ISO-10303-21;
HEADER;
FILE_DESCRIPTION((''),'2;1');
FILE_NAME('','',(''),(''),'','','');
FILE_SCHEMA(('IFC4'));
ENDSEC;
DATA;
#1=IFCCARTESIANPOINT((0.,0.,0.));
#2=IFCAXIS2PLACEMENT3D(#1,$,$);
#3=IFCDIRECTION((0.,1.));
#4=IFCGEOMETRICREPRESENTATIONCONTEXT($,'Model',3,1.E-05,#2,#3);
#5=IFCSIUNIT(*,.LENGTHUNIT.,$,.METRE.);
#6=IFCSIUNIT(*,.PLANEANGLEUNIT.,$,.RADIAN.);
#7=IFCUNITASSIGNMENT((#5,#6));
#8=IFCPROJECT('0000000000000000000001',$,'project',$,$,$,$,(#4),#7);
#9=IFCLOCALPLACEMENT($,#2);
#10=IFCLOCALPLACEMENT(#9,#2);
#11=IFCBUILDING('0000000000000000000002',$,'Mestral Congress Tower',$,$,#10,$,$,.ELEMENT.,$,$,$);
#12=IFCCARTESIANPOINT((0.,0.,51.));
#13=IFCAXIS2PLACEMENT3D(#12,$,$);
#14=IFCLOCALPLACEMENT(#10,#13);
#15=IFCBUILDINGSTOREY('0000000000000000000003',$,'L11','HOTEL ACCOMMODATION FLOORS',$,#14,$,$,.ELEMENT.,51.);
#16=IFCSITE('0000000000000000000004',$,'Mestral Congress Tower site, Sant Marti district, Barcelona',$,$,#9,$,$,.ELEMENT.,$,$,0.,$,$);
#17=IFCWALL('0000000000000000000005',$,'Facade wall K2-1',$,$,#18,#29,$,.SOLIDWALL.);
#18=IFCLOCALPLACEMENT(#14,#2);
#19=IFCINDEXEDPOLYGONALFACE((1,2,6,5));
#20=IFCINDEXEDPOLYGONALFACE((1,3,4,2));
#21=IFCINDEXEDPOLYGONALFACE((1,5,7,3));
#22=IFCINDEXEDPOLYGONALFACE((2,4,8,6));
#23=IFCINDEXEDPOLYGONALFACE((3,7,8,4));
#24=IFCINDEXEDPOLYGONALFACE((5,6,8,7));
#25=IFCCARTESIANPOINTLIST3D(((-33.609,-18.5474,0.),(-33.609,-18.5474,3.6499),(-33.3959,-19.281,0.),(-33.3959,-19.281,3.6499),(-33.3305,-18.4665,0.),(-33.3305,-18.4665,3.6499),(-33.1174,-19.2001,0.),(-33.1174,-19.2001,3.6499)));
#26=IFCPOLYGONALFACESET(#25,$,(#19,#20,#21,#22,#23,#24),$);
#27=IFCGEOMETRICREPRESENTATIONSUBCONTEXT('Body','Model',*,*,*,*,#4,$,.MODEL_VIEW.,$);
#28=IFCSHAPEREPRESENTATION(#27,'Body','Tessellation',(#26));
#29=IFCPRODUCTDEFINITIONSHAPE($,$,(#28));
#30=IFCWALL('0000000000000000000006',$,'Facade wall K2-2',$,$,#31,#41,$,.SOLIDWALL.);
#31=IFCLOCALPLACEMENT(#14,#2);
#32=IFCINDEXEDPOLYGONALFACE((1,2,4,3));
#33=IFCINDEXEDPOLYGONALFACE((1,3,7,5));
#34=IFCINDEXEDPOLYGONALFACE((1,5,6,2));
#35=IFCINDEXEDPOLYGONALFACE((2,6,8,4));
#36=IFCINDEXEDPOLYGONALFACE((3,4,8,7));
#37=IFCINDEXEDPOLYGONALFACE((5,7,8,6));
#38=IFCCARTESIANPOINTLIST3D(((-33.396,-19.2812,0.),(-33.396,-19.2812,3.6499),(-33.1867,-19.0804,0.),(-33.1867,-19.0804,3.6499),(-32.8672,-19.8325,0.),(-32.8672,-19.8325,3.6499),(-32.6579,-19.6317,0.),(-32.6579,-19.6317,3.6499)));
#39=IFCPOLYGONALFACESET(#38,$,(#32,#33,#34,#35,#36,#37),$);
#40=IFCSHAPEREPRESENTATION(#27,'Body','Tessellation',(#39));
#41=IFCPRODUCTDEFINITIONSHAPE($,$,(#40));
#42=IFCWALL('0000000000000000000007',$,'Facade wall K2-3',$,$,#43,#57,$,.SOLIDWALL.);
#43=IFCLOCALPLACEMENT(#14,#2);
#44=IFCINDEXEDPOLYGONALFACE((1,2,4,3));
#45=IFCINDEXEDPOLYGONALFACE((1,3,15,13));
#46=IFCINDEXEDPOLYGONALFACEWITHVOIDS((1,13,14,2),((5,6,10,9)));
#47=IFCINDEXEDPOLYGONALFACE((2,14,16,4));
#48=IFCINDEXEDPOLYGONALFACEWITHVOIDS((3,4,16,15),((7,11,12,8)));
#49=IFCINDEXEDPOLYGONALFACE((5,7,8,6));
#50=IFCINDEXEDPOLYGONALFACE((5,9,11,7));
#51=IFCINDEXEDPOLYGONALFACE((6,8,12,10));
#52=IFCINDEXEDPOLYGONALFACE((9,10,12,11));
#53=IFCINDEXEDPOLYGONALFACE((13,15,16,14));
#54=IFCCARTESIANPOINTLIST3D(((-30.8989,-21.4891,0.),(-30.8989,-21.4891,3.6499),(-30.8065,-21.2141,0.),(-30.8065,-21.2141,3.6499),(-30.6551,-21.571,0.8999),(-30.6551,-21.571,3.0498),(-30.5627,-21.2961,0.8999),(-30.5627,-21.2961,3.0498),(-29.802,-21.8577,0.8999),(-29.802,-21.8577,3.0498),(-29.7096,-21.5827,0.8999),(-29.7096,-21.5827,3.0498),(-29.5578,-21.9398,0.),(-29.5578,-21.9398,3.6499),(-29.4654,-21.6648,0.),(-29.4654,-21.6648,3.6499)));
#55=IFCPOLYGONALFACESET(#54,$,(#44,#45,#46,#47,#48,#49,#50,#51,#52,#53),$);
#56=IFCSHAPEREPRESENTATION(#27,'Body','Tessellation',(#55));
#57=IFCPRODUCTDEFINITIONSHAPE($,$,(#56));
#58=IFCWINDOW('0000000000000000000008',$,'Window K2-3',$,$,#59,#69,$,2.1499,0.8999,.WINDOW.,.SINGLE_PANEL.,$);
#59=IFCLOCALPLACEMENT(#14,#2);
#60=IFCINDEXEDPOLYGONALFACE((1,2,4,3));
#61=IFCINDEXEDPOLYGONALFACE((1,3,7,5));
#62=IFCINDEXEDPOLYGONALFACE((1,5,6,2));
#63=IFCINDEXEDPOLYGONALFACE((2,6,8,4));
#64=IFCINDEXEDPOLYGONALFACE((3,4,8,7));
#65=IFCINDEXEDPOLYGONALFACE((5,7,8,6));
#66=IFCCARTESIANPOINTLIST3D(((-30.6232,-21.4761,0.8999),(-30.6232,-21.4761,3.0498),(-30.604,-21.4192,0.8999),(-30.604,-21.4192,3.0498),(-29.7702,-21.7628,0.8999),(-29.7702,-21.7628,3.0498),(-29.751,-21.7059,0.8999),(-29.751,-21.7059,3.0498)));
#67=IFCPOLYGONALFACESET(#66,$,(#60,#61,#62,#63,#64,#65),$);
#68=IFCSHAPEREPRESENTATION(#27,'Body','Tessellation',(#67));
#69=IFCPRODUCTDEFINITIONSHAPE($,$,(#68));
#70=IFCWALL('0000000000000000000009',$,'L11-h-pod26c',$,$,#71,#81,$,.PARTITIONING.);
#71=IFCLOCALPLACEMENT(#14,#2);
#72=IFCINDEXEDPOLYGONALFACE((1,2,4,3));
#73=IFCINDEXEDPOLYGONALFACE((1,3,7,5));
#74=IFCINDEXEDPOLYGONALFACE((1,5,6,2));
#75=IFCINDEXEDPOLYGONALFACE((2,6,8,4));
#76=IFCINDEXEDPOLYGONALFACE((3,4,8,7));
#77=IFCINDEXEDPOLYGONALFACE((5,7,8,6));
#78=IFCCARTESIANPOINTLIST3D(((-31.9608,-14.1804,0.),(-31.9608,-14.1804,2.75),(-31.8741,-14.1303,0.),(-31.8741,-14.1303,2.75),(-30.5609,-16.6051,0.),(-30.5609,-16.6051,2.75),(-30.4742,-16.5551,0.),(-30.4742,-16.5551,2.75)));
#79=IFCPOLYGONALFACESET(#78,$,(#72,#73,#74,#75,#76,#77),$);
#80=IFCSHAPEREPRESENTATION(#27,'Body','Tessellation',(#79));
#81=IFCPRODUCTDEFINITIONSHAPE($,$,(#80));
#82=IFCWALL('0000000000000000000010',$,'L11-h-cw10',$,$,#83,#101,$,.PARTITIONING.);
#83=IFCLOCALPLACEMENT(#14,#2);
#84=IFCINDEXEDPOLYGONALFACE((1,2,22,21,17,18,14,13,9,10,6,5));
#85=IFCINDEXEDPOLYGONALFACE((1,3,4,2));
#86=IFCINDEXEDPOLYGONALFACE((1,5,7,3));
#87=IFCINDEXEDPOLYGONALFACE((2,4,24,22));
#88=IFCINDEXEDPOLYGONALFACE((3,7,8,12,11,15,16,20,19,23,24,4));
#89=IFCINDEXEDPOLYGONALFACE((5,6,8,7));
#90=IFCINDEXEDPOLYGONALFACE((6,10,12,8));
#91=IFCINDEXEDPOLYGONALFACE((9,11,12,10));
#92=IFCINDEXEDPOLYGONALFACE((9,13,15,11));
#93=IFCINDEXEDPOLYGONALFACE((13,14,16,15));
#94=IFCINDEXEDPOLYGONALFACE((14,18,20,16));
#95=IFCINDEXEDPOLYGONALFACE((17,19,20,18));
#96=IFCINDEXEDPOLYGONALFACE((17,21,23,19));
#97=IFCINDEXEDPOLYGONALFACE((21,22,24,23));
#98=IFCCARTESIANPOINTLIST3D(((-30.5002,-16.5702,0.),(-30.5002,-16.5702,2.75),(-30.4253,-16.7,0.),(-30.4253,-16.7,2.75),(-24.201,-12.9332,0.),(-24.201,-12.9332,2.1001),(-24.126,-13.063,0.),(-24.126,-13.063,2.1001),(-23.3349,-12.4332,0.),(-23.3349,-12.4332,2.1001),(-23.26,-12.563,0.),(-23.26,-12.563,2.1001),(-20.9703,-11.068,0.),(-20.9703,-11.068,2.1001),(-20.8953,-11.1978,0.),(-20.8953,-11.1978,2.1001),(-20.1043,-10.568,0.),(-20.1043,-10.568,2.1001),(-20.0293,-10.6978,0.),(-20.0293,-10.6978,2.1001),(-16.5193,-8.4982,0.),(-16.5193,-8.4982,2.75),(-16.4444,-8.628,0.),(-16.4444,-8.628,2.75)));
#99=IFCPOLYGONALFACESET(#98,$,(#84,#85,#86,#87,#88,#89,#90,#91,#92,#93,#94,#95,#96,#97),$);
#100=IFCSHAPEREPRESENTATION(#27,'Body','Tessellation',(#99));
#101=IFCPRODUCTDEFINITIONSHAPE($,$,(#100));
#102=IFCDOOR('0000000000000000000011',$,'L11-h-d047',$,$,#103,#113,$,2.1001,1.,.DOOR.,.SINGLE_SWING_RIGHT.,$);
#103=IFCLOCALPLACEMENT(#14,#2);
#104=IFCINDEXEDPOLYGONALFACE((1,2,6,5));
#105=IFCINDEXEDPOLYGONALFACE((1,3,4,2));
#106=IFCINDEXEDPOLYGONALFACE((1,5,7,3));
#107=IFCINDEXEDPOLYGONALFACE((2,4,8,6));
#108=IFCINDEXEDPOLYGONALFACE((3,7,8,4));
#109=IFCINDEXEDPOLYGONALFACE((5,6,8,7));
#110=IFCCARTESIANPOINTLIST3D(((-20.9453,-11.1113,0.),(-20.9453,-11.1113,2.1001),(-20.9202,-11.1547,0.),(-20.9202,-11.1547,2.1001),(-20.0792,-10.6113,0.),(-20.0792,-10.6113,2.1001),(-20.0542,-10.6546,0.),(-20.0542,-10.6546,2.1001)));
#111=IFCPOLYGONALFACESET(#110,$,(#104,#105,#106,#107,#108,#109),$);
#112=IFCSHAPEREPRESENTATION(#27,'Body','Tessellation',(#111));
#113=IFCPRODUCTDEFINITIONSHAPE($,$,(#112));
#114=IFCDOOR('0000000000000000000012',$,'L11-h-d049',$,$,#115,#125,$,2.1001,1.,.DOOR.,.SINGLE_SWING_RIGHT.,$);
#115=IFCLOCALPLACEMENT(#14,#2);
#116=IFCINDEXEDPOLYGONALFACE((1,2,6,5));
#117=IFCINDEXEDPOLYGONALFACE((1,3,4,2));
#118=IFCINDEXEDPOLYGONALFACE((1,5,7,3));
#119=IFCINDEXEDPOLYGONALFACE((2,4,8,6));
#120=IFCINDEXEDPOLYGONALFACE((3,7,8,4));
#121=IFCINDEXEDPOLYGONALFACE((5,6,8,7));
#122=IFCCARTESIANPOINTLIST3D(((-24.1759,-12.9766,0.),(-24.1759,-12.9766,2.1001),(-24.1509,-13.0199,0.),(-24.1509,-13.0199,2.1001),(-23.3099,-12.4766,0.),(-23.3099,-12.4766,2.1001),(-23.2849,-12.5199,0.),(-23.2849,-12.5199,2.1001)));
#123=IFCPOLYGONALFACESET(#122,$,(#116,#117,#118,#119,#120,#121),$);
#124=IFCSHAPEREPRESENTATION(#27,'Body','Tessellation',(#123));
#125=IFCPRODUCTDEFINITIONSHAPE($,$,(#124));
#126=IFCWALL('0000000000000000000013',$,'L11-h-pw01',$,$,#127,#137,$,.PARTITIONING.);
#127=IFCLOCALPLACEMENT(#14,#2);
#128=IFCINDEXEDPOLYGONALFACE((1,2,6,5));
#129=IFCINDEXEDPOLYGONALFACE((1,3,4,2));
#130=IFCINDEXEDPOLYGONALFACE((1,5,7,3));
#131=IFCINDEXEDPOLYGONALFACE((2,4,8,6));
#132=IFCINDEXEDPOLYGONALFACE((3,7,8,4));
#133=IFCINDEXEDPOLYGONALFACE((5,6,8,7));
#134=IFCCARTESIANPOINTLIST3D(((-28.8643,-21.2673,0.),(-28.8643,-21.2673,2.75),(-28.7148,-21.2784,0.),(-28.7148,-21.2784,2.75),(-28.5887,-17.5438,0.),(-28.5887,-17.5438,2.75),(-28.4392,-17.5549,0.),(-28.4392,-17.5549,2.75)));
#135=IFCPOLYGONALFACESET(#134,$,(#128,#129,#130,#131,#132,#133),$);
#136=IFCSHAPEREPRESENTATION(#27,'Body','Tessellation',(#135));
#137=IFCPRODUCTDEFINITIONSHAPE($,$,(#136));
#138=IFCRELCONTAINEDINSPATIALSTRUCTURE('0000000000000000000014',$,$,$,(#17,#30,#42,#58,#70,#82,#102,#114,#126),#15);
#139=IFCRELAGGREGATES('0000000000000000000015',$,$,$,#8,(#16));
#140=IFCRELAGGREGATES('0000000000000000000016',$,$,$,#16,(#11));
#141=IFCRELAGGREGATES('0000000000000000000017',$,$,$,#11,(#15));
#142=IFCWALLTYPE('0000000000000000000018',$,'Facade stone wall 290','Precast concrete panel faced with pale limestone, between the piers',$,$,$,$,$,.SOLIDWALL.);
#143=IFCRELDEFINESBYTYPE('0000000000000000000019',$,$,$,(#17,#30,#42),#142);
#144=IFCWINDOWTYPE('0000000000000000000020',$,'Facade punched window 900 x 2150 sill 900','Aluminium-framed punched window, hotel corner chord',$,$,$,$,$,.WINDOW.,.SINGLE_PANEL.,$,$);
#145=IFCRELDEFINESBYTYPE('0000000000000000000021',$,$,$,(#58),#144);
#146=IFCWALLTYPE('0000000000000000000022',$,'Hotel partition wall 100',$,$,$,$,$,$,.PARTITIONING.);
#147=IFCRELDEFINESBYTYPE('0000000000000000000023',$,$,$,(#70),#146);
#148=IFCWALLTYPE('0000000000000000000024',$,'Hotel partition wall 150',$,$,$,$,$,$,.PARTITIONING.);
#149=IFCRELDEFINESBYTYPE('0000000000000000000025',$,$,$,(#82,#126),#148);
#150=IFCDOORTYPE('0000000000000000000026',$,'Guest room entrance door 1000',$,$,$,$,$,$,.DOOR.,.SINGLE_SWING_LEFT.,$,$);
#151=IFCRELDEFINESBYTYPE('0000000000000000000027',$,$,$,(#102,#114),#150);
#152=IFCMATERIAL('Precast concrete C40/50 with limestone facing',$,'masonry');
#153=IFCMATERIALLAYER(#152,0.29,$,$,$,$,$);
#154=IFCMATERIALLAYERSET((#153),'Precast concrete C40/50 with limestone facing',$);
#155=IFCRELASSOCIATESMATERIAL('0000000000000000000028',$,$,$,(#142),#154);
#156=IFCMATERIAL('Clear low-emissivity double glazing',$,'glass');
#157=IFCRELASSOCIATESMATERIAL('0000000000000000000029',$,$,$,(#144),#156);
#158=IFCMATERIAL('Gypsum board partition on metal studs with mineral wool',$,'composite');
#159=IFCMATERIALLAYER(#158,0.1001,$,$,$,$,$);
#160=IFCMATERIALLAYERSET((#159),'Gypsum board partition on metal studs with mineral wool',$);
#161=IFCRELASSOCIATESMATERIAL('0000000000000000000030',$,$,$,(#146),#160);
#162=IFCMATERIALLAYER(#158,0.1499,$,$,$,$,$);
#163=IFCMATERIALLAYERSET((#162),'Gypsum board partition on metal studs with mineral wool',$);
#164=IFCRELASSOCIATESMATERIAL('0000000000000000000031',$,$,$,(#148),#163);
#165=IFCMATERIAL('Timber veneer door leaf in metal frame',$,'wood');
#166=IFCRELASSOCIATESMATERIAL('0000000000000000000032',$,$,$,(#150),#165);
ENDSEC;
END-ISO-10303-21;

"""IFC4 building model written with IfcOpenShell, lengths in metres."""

from ifc_helpers import new_model, si_unit, direction, frame, frame_2d, origin, place, context, subcontext, project, spatial, rectangle, extrude, material, layer, layer_set, type_object, element, fill, save


model = new_model("IFC4")

# Units and contexts
model_context = context("Model", 3, precision=1e-05, world=origin(), true_north=direction((0.0, 1.0)))
body_context = subcontext(model_context, "Body", "Model", "MODEL_VIEW")
ifc_project = project(units=[si_unit("LENGTHUNIT", "METRE"), si_unit("PLANEANGLEUNIT", "RADIAN")], contexts=[model_context])

# Site, building, storey
site_placement = place(None, origin())
site = spatial("IfcSite", under=ifc_project, at=site_placement, Name="Mestral Congress Tower site, Sant Marti district, Barcelona", CompositionType="ELEMENT", RefElevation=0.0)
building_placement = place(site_placement, origin())
building = spatial("IfcBuilding", under=site, at=building_placement, Name="Mestral Congress Tower", CompositionType="ELEMENT")
storey_placement = place(building_placement, frame((0.0, 0.0, 51.0)))
storey = spatial("IfcBuildingStorey", under=building, at=storey_placement, Name="L11", Description="HOTEL ACCOMMODATION FLOORS", CompositionType="ELEMENT", Elevation=51.0)

# Walls
ifc_material_1 = material(Name="Precast concrete C40/50 with limestone facing", Category="masonry")
ifc_layer_1 = layer(ifc_material_1, 0.29)
ifc_layer_set_1 = layer_set([ifc_layer_1], Name="Precast concrete C40/50 with limestone facing")
wall_type_1 = type_object("IfcWallType", Name="Facade stone wall 290", Description="Precast concrete panel faced with pale limestone, between the piers", PredefinedType="SOLIDWALL", material=ifc_layer_set_1)
for number, where, z_axis, x_axis, name in (
    (1, (-33.4697, -18.5071, 0.0), (0.0, 0.0, 1.0), (0.278981, -0.960297, 0.0), "Facade wall K2-1"),
    (2, (-33.2913, -19.1809, 0.0), (0.0, 0.0, 1.0), (0.692252, -0.721656, 0.0), "Facade wall K2-2"),
):
    element("IfcWall", number, at=place(storey_placement, frame(where, z_axis=z_axis, x_axis=x_axis)), inside=storey, type_object=wall_type_1, Name=name, PredefinedType="SOLIDWALL", context=body_context, shape_type="SweptSolid", body=[
        extrude(rectangle(XDim=0.7639, YDim=0.29, at=frame_2d((0.3818, 0.0))), origin(), (0.0, 0.0, 1.0), 3.6499),
    ])

# Wall, opening, window
wall_1_placement = place(storey_placement, frame((-30.8528, -21.3516, 0.0), z_axis=(0.0, 0.0, 1.0), x_axis=(0.947904, -0.318556, 0.0)))
wall_1 = element("IfcWall", 3, at=wall_1_placement, inside=storey, type_object=wall_type_1, Name="Facade wall K2-3", PredefinedType="SOLIDWALL", context=body_context, shape_type="SweptSolid", body=[
    extrude(rectangle(XDim=1.4148, YDim=0.29, at=frame_2d((0.7075, 0.0))), origin(), (0.0, 0.0, 1.0), 3.6499),
])
opening_1_placement = place(wall_1_placement, frame((0.2573, 0.0, 0.8999)))
opening_1 = element("IfcOpeningElement", 4, at=opening_1_placement, cuts=wall_1, PredefinedType="OPENING", context=body_context, shape_type="SweptSolid", body=[
    extrude(rectangle(XDim=0.8999, YDim=2.1499, at=frame_2d((0.45, 1.075))), frame((0.0, 0.155, 0.0), z_axis=(0.0, -1.0, 0.0), x_axis=(1.0, 0.0, 0.0)), (0.0, 0.0, 1.0), 0.3101),
])
ifc_material_2 = material(Name="Clear low-emissivity double glazing", Category="glass")
window_type = type_object("IfcWindowType", Name="Facade punched window 900 x 2150 sill 900", Description="Aluminium-framed punched window, hotel corner chord", PartitioningType="SINGLE_PANEL", PredefinedType="WINDOW", material=ifc_material_2)
window_placement = place(opening_1_placement, origin())
window = element("IfcWindow", 5, at=window_placement, inside=storey, type_object=window_type, Name="Window K2-3", OverallHeight=2.1499, OverallWidth=0.8999, PartitioningType="SINGLE_PANEL", PredefinedType="WINDOW", context=body_context, shape_type="SweptSolid", body=[
    extrude(rectangle(XDim=0.8999, YDim=2.1499, at=frame_2d((0.45, 1.075))), frame((0.0, 0.0151, 0.0), z_axis=(0.0, -1.0, 0.0), x_axis=(1.0, 0.0, 0.0)), (0.0, 0.0, 1.0), 0.0601),
])
fill(opening_1, window)

# Wall
ifc_material_3 = material(Name="Gypsum board partition on metal studs with mineral wool", Category="composite")
ifc_layer_2 = layer(ifc_material_3, 0.1001)
ifc_layer_set_2 = layer_set([ifc_layer_2], Name="Gypsum board partition on metal studs with mineral wool")
wall_type_2 = type_object("IfcWallType", Name="Hotel partition wall 100", PredefinedType="PARTITIONING", material=ifc_layer_set_2)
wall_2_placement = place(storey_placement, frame((-30.5176, -16.5801, 0.0), z_axis=(0.0, 0.0, 1.0), x_axis=(-0.499984, 0.866035, 0.0)))
element("IfcWall", 6, at=wall_2_placement, inside=storey, type_object=wall_type_2, Name="L11-h-pod26c", PredefinedType="PARTITIONING", context=body_context, shape_type="SweptSolid", body=[
    extrude(rectangle(XDim=2.7998, YDim=0.1001, at=frame_2d((1.3999, 0.0))), origin(), (0.0, 0.0, 1.0), 2.75),
])

# Wall, openings, doors
ifc_layer_3 = layer(ifc_material_3, 0.1499)
ifc_layer_set_3 = layer_set([ifc_layer_3], Name="Gypsum board partition on metal studs with mineral wool")
wall_type_3 = type_object("IfcWallType", Name="Hotel partition wall 150", PredefinedType="PARTITIONING", material=ifc_layer_set_3)
wall_3_placement = place(storey_placement, frame((-30.4626, -16.635, 0.0), z_axis=(0.0, 0.0, 1.0), x_axis=(0.866022, 0.500005, 0.0)))
wall_3 = element("IfcWall", 7, at=wall_3_placement, inside=storey, type_object=wall_type_3, Name="L11-h-cw10", PredefinedType="PARTITIONING", context=body_context, shape_type="SweptSolid", body=[
    extrude(rectangle(XDim=16.1438, YDim=0.1499, at=frame_2d((8.0718, 0.0))), origin(), (0.0, 0.0, 1.0), 2.75),
])
opening_2_placement = place(wall_3_placement, frame((11.0042, 0.0, 0.0)))
opening_2 = element("IfcOpeningElement", 8, at=opening_2_placement, cuts=wall_3, PredefinedType="OPENING", context=body_context, shape_type="SweptSolid", body=[
    extrude(rectangle(XDim=1.0, YDim=2.1001, at=frame_2d((0.5, 1.05))), frame((0.0, 0.085, 0.0), z_axis=(0.0, -1.0, 0.0), x_axis=(1.0, 0.0, 0.0)), (0.0, 0.0, 1.0), 0.1699),
])
opening_3_placement = place(wall_3_placement, frame((7.2737, 0.0, 0.0)))
opening_3 = element("IfcOpeningElement", 9, at=opening_3_placement, cuts=wall_3, PredefinedType="OPENING", context=body_context, shape_type="SweptSolid", body=[
    extrude(rectangle(XDim=1.0, YDim=2.1001, at=frame_2d((0.5, 1.05))), frame((0.0, 0.085, 0.0), z_axis=(0.0, -1.0, 0.0), x_axis=(1.0, 0.0, 0.0)), (0.0, 0.0, 1.0), 0.1699),
])
ifc_material_4 = material(Name="Timber veneer door leaf in metal frame", Category="wood")
door_type = type_object("IfcDoorType", Name="Guest room entrance door 1000", OperationType="SINGLE_SWING_LEFT", PredefinedType="DOOR", material=ifc_material_4)
door_1_placement = place(opening_2_placement, origin())
door_1 = element("IfcDoor", 10, at=door_1_placement, inside=storey, type_object=door_type, Name="L11-h-d047", OperationType="SINGLE_SWING_RIGHT", OverallHeight=2.1001, OverallWidth=1.0, PredefinedType="DOOR", context=body_context, shape_type="SweptSolid", body=[
    extrude(rectangle(XDim=1.0, YDim=2.1001, at=frame_2d((0.5, 1.05))), frame((0.0, 0.0249, 0.0), z_axis=(0.0, -1.0, 0.0), x_axis=(1.0, 0.0, 0.0)), (0.0, 0.0, 1.0), 0.05),
])
fill(opening_2, door_1)
door_2_placement = place(opening_3_placement, origin())
door_2 = element("IfcDoor", 11, at=door_2_placement, inside=storey, type_object=door_type, Name="L11-h-d049", OperationType="SINGLE_SWING_RIGHT", OverallHeight=2.1001, OverallWidth=1.0, PredefinedType="DOOR", context=body_context, shape_type="SweptSolid", body=[
    extrude(rectangle(XDim=1.0, YDim=2.1001, at=frame_2d((0.5, 1.05))), frame((0.0, 0.0249, 0.0), z_axis=(0.0, -1.0, 0.0), x_axis=(1.0, 0.0, 0.0)), (0.0, 0.0, 1.0), 0.05),
])
fill(opening_3, door_2)

# Wall
wall_4_placement = place(storey_placement, frame((-28.7896, -21.2727, 0.0), z_axis=(0.0, 0.0, 1.0), x_axis=(0.073826, 0.997271, 0.0)))
element("IfcWall", 12, at=wall_4_placement, inside=storey, type_object=wall_type_3, Name="L11-h-pw01", PredefinedType="PARTITIONING", context=body_context, shape_type="SweptSolid", body=[
    extrude(rectangle(XDim=3.7336, YDim=0.1499, at=frame_2d((1.8667, 0.0))), origin(), (0.0, 0.0, 1.0), 2.75),
])

save(model, "model.ifc")
